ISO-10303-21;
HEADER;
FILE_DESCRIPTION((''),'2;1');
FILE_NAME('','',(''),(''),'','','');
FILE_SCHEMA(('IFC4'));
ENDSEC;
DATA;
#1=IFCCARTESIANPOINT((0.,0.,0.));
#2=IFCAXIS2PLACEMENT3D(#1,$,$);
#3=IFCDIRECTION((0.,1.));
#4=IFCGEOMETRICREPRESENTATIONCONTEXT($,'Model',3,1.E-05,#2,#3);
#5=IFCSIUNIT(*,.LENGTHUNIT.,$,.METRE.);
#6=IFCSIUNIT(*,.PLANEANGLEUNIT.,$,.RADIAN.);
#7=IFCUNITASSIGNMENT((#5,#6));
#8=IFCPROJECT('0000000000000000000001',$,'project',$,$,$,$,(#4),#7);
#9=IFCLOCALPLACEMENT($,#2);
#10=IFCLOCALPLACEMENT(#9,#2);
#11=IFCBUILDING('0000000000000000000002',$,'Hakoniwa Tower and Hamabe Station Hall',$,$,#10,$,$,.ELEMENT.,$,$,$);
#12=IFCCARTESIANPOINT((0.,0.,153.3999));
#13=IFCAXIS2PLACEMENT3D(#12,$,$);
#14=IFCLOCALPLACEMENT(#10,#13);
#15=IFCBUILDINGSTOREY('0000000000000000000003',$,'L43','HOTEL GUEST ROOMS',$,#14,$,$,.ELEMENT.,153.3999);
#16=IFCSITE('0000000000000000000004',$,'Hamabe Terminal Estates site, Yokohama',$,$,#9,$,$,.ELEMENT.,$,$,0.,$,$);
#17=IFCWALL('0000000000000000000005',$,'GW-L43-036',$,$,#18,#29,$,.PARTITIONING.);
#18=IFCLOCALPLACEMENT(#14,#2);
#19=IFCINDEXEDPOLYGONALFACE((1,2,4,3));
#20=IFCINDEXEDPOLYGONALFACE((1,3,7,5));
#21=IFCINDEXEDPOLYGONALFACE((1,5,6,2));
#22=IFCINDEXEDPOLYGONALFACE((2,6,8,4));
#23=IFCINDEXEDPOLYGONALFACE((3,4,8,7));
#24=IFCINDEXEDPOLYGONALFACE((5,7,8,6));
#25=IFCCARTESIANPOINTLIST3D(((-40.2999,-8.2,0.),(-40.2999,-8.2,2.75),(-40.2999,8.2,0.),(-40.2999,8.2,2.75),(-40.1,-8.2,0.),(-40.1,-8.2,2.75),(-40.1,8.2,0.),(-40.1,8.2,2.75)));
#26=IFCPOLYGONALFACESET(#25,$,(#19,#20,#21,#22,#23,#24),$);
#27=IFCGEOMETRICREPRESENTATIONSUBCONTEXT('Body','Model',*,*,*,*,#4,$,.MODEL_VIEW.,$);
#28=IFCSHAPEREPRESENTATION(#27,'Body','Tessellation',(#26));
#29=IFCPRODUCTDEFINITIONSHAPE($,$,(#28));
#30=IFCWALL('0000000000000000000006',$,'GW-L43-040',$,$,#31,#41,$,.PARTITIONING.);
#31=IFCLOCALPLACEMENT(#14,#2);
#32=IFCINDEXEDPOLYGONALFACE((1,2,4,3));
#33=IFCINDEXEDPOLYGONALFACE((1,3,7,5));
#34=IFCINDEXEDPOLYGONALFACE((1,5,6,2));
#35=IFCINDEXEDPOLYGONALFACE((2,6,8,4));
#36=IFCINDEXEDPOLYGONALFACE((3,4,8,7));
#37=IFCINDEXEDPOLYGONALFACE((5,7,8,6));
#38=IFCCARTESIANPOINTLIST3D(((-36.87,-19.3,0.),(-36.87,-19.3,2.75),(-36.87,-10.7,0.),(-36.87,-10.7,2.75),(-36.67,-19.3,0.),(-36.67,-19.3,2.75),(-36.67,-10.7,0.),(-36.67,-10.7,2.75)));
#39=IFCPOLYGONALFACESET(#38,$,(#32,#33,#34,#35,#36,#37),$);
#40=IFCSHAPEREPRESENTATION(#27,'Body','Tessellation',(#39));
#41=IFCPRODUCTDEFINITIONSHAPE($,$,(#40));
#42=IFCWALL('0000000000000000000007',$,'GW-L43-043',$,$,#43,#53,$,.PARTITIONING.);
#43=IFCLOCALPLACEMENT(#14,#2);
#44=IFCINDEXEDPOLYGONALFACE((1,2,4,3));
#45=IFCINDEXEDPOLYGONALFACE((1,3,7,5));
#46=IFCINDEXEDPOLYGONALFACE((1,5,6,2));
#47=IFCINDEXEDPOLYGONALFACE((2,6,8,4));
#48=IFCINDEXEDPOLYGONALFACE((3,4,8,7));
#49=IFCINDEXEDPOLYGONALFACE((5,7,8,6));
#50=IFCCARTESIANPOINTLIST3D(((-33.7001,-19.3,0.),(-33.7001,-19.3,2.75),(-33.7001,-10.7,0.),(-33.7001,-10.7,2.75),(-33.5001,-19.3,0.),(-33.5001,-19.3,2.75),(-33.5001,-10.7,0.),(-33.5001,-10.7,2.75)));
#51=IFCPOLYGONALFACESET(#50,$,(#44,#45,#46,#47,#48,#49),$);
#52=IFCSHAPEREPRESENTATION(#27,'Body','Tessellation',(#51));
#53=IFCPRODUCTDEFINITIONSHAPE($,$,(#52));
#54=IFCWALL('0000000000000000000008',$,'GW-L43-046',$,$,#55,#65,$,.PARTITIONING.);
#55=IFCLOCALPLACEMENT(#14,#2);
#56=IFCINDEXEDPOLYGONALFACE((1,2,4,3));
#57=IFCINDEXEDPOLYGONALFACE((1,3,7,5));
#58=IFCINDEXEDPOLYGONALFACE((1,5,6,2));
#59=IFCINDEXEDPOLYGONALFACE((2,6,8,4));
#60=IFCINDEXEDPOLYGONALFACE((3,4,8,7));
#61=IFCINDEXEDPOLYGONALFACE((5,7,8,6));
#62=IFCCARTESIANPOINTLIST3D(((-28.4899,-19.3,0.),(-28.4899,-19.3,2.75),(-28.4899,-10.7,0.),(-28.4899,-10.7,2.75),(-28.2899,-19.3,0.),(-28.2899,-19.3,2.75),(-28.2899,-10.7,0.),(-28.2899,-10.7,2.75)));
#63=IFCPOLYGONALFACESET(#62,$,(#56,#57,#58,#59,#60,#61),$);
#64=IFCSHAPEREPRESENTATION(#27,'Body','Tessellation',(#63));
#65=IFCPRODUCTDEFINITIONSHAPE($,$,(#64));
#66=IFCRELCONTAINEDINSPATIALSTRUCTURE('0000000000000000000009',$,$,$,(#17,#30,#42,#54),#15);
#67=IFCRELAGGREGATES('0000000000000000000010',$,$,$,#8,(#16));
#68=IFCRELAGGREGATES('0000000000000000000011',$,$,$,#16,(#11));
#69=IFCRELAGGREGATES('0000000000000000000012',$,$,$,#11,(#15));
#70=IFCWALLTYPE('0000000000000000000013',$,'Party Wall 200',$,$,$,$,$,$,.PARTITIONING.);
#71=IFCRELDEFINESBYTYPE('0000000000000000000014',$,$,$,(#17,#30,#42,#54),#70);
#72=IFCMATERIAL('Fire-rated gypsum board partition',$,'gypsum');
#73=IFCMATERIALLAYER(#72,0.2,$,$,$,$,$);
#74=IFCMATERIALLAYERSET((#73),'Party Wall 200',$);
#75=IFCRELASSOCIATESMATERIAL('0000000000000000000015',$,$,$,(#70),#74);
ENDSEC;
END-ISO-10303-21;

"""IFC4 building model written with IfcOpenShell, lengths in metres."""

from ifc_helpers import new_model, si_unit, direction, frame, frame_2d, origin, place, context, subcontext, project, spatial, rectangle, extrude, material, layer, layer_set, type_object, element, save


model = new_model("IFC4")

# Units and contexts
model_context = context("Model", 3, precision=1e-05, world=origin(), true_north=direction((0.0, 1.0)))
body_context = subcontext(model_context, "Body", "Model", "MODEL_VIEW")
ifc_project = project(units=[si_unit("LENGTHUNIT", "METRE"), si_unit("PLANEANGLEUNIT", "RADIAN")], contexts=[model_context])

# Site, building, storey
site_placement = place(None, origin())
site = spatial("IfcSite", under=ifc_project, at=site_placement, Name="Hamabe Terminal Estates site, Yokohama", CompositionType="ELEMENT", RefElevation=0.0)
building_placement = place(site_placement, origin())
building = spatial("IfcBuilding", under=site, at=building_placement, Name="Hakoniwa Tower and Hamabe Station Hall", CompositionType="ELEMENT")
storey_placement = place(building_placement, frame((0.0, 0.0, 153.3999)))
storey = spatial("IfcBuildingStorey", under=building, at=storey_placement, Name="L43", Description="HOTEL GUEST ROOMS", CompositionType="ELEMENT", Elevation=153.3999)

# Walls
ifc_material_1 = material(Name="Fire-rated gypsum board partition", Category="gypsum")
ifc_layer_1 = layer(ifc_material_1, 0.2)
ifc_layer_set_1 = layer_set([ifc_layer_1], Name="Party Wall 200")
wall_type_1 = type_object("IfcWallType", Name="Party Wall 200", PredefinedType="PARTITIONING", material=ifc_layer_set_1)
wall_1_placement = place(storey_placement, frame((-40.2, -8.2, 0.0), z_axis=(0.0, 0.0, 1.0), x_axis=(0.0, 1.0, 0.0)))
element("IfcWall", 1, at=wall_1_placement, inside=storey, type_object=wall_type_1, Name="GW-L43-036", PredefinedType="PARTITIONING", context=body_context, shape_type="SweptSolid", body=[
    extrude(rectangle(XDim=16.3999, YDim=0.2, at=frame_2d((8.2, 0.0))), origin(), (0.0, 0.0, 1.0), 2.75),
])
for number, where, z_axis, x_axis, name in (
    (2, (-36.77, -19.3, 0.0), (0.0, 0.0, 1.0), (0.0, 1.0, 0.0), "GW-L43-040"),
    (3, (-33.6001, -19.3, 0.0), (0.0, 0.0, 1.0), (0.0, 1.0, 0.0), "GW-L43-043"),
    (4, (-28.3899, -19.3, 0.0), (0.0, 0.0, 1.0), (0.0, 1.0, 0.0), "GW-L43-046"),
):
    element("IfcWall", number, at=place(storey_placement, frame(where, z_axis=z_axis, x_axis=x_axis)), inside=storey, type_object=wall_type_1, Name=name, PredefinedType="PARTITIONING", context=body_context, shape_type="SweptSolid", body=[
        extrude(rectangle(XDim=8.6001, YDim=0.2, at=frame_2d((4.3, 0.0))), origin(), (0.0, 0.0, 1.0), 2.75),
    ])

save(model, "model.ifc")
